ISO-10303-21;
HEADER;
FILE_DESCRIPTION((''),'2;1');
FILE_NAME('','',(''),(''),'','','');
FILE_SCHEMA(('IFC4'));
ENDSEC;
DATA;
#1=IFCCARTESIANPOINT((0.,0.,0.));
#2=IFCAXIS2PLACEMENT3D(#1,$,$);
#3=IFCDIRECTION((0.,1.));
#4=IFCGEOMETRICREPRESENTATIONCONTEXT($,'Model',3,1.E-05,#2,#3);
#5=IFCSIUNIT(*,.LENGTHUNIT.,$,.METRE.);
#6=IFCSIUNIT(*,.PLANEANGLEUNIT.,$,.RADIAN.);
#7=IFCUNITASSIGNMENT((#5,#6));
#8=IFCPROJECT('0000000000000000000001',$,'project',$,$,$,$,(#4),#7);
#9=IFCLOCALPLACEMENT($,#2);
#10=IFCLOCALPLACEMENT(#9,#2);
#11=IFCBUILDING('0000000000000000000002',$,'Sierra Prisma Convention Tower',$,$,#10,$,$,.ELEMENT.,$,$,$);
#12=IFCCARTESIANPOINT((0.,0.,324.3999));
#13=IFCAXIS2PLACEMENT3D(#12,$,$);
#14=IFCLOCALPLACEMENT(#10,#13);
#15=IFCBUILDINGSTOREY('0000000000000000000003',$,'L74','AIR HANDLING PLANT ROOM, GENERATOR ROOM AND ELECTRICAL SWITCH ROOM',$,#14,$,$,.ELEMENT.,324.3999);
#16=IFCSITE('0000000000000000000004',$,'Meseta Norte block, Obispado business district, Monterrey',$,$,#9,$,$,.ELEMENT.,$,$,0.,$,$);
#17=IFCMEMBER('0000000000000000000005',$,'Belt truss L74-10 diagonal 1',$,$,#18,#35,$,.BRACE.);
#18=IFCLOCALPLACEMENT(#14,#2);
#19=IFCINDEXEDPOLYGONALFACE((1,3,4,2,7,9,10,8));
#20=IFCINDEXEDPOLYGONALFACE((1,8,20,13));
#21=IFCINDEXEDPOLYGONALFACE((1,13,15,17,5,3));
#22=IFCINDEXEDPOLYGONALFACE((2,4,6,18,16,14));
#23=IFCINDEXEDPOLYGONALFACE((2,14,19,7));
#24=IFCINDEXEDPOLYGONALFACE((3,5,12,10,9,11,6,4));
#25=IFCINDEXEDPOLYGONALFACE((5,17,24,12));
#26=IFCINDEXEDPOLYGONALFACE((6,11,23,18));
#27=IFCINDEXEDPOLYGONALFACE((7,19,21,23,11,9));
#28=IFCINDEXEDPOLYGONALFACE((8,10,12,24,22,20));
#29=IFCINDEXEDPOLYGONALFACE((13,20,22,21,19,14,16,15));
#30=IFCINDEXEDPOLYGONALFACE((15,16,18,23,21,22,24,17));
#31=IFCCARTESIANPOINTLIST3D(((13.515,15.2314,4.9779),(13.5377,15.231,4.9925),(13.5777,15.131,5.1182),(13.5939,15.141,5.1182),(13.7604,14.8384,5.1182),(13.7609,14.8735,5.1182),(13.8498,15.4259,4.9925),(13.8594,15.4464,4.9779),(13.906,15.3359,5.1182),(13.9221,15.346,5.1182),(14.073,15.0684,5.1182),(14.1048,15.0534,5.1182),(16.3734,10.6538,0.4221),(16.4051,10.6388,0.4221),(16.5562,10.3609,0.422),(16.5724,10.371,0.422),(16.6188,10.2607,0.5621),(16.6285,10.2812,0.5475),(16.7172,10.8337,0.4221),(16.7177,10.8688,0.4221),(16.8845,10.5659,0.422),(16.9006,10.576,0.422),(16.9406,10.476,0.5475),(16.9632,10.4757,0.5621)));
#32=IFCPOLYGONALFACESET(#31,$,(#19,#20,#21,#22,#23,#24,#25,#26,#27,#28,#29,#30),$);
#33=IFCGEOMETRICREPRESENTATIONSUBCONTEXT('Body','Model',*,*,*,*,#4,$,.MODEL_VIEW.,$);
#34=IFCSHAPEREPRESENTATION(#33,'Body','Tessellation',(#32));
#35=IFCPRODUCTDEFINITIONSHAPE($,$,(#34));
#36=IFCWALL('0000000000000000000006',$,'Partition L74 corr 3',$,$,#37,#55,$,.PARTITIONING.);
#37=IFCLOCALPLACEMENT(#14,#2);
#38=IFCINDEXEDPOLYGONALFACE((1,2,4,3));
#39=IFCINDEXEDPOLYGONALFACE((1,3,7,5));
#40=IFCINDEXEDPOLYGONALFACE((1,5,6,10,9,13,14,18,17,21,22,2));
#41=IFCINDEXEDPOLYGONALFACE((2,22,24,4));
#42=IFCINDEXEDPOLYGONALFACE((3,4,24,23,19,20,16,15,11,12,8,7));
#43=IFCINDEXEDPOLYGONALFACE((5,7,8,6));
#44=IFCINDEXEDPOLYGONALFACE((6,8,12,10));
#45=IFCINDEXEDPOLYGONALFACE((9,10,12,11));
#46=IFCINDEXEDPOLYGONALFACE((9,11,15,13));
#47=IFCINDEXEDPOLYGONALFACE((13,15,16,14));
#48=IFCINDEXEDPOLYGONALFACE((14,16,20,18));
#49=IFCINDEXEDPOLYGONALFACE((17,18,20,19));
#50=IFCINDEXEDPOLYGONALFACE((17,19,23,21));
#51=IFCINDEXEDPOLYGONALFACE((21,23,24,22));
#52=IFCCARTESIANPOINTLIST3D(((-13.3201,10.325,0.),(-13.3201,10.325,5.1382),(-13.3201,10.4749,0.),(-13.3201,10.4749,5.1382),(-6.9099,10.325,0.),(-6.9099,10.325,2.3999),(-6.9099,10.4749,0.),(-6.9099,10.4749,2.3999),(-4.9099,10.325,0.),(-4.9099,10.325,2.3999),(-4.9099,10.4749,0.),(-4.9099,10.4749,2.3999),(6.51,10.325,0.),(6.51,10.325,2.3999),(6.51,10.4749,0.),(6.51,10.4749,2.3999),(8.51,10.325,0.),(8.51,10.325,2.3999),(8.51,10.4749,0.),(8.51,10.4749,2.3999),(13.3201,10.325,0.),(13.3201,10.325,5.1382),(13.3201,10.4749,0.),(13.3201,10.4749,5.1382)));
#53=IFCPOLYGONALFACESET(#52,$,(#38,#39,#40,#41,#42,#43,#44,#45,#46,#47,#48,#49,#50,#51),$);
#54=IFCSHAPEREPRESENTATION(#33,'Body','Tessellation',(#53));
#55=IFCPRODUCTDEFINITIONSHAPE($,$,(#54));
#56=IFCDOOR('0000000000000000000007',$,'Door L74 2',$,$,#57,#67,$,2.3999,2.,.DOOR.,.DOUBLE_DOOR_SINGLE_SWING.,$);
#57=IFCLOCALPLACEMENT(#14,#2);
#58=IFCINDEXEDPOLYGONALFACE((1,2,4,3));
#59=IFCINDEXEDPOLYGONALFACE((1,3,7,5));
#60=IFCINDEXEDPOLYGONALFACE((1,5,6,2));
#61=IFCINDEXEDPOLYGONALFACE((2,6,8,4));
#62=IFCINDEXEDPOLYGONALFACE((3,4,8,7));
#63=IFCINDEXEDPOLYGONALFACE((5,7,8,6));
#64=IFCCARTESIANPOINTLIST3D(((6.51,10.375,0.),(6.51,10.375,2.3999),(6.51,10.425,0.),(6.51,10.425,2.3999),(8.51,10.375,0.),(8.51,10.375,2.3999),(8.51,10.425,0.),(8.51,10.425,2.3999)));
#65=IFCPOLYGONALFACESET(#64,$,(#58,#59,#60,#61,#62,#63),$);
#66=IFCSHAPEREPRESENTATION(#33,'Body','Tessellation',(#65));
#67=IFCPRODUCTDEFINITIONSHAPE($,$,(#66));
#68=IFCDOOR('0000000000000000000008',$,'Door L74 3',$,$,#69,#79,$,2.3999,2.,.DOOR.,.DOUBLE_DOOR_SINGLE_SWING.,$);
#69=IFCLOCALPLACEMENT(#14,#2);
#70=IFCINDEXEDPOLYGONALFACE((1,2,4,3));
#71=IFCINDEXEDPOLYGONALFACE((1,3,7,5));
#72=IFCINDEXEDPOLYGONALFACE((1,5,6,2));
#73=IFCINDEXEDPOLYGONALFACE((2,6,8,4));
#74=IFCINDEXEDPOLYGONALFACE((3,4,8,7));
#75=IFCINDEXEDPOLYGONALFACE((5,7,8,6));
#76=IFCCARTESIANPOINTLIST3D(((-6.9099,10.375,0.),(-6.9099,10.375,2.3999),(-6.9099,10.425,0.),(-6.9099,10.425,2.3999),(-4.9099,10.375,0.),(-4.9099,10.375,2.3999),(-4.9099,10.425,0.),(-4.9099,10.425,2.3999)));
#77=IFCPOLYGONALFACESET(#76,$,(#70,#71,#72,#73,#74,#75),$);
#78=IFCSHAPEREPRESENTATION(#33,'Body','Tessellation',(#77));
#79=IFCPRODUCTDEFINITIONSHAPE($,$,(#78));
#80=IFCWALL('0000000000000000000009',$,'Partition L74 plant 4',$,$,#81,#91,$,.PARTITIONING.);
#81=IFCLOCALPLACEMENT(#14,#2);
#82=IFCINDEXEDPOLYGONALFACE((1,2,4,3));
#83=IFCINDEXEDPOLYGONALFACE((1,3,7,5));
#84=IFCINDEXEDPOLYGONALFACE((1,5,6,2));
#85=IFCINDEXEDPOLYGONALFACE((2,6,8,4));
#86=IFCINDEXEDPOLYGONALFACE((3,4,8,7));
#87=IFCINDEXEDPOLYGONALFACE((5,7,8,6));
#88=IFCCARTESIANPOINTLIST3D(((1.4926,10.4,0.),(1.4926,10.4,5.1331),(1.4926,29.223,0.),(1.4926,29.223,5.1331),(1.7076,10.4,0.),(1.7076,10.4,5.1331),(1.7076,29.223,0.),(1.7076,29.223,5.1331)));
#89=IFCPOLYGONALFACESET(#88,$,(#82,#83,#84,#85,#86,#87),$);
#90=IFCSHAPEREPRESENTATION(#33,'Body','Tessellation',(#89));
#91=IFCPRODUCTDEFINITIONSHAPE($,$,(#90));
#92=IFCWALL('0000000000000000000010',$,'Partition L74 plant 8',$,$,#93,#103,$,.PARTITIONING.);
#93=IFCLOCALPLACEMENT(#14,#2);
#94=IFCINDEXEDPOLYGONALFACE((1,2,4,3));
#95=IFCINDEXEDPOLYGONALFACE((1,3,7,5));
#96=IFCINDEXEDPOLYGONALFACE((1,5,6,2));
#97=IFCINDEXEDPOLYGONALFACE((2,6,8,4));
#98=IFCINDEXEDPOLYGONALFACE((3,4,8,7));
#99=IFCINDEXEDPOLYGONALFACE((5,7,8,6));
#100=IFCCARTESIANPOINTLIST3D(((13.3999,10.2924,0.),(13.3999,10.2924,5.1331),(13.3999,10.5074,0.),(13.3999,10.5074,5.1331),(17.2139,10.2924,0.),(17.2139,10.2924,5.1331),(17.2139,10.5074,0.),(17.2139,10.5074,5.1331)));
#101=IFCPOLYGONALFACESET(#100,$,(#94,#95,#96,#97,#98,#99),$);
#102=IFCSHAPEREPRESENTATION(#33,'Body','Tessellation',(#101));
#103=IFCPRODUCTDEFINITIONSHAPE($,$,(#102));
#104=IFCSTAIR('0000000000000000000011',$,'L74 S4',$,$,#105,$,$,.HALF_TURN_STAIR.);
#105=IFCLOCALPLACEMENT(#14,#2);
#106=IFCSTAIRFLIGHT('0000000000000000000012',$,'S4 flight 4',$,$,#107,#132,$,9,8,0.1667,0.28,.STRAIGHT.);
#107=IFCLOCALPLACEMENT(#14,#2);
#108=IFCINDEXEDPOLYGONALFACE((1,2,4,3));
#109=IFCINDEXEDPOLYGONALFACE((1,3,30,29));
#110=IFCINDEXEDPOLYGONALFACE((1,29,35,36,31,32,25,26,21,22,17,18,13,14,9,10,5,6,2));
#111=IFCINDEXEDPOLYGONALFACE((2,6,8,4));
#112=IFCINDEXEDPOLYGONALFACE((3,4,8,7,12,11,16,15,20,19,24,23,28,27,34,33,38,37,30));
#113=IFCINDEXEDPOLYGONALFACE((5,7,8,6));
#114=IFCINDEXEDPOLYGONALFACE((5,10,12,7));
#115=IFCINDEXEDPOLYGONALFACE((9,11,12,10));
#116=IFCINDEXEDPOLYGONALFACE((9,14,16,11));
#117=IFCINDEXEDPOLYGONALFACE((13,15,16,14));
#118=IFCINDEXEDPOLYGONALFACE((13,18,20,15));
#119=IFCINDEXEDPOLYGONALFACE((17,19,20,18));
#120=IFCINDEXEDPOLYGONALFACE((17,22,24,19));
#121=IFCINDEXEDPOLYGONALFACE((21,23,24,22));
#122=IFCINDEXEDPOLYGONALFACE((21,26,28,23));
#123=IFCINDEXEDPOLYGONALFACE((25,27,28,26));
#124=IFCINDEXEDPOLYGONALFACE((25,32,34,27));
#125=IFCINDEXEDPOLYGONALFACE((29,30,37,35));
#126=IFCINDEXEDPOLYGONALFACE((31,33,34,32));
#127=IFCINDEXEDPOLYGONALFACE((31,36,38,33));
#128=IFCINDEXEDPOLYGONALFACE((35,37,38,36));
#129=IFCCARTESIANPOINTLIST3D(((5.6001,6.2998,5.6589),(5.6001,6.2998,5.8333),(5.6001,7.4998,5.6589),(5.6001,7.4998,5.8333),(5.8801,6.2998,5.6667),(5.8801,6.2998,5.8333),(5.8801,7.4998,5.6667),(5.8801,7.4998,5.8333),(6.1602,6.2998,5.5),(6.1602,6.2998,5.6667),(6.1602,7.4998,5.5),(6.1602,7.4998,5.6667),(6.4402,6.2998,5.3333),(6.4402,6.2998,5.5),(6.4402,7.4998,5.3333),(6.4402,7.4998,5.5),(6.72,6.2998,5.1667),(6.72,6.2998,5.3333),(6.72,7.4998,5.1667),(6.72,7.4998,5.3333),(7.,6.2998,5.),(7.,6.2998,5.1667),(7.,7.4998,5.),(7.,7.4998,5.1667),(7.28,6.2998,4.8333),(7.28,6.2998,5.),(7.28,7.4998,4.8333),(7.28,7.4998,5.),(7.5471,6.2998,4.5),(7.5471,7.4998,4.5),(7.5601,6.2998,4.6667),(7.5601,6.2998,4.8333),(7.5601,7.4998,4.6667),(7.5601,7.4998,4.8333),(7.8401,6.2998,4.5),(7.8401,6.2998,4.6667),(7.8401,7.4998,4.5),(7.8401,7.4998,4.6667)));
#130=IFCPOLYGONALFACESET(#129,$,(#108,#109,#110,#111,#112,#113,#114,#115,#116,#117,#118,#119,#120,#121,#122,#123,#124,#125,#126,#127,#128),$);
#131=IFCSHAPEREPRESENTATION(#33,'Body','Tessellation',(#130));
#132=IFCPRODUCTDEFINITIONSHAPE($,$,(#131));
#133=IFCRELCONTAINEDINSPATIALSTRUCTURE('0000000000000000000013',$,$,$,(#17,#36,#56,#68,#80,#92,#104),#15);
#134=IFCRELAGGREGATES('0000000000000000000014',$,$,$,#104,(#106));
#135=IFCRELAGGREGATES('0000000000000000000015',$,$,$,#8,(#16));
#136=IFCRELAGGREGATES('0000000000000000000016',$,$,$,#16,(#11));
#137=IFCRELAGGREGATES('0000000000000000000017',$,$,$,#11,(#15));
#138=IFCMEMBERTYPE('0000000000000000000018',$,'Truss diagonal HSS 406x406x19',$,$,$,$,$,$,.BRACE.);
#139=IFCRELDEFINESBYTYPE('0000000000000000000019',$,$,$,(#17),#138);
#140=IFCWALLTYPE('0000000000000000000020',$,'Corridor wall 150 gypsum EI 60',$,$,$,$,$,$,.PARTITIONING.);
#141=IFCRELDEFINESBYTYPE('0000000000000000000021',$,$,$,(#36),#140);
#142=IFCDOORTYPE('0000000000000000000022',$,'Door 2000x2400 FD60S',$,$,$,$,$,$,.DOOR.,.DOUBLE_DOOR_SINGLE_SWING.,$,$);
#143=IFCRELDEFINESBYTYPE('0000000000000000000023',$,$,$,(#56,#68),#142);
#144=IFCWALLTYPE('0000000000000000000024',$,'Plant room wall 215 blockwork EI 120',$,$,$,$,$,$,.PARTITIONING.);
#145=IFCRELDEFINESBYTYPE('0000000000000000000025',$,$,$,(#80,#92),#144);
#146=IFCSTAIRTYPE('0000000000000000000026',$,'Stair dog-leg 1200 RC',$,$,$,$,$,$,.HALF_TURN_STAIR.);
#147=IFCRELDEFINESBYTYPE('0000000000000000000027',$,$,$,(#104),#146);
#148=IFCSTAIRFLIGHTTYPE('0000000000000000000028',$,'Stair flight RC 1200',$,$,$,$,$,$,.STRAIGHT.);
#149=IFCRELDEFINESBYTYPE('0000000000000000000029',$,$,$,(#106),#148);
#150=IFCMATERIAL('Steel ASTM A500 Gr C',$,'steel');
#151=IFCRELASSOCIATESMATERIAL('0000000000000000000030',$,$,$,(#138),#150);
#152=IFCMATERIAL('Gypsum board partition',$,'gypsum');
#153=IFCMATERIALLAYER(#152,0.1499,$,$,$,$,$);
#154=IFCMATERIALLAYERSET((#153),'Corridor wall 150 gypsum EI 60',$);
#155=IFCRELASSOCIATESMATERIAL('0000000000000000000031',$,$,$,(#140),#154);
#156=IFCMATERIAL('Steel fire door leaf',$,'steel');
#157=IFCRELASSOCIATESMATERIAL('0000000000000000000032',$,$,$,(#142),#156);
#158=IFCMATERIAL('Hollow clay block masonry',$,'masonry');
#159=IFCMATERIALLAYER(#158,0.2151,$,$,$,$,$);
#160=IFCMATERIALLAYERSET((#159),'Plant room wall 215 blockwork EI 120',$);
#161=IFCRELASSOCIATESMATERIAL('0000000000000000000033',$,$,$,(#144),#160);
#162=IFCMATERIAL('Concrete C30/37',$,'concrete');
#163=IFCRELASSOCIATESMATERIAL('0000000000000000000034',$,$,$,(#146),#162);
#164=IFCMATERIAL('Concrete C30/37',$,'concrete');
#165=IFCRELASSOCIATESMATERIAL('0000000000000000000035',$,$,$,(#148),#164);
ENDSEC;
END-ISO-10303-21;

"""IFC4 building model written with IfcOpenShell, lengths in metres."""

from ifc_helpers import new_model, si_unit, direction, frame, frame_2d, origin, origin_2d, place, context, subcontext, project, spatial, polyline, rectangle, hollow_rectangle, outline, extrude, clip, halfspace, material, layer, layer_set, material_profile, profile_set, type_object, element, fill, aggregate, save


model = new_model("IFC4")

# Units and contexts
model_context = context("Model", 3, precision=1e-05, world=origin(), true_north=direction((0.0, 1.0)))
body_context = subcontext(model_context, "Body", "Model", "MODEL_VIEW")
ifc_project = project(units=[si_unit("LENGTHUNIT", "METRE"), si_unit("PLANEANGLEUNIT", "RADIAN")], contexts=[model_context])

# Site, building, storey
site_placement = place(None, origin())
site = spatial("IfcSite", under=ifc_project, at=site_placement, Name="Meseta Norte block, Obispado business district, Monterrey", CompositionType="ELEMENT", RefElevation=0.0)
building_placement = place(site_placement, origin())
building = spatial("IfcBuilding", under=site, at=building_placement, Name="Sierra Prisma Convention Tower", CompositionType="ELEMENT")
storey_placement = place(building_placement, frame((0.0, 0.0, 324.3999)))
storey = spatial("IfcBuildingStorey", under=building, at=storey_placement, Name="L74", Description="AIR HANDLING PLANT ROOM, GENERATOR ROOM AND ELECTRICAL SWITCH ROOM", CompositionType="ELEMENT", Elevation=324.3999)

# Member
ifc_material_1 = material(Name="Steel ASTM A500 Gr C", Category="steel")
ifc_material_profile_1 = material_profile(ifc_material_1, hollow_rectangle(XDim=0.406, YDim=0.406, WallThickness=0.019, at=origin_2d()), Name="Truss diagonal HSS 406x406x19")
ifc_profile_set_1 = profile_set([ifc_material_profile_1], Name="Steel ASTM A500 Gr C")
member_type = type_object("IfcMemberType", Name="Truss diagonal HSS 406x406x19", PredefinedType="BRACE", material=ifc_profile_set_1)
member_placement = place(storey_placement, frame((16.7217, 10.4792, 0.407), z_axis=(-0.404713, 0.64814, 0.645075), x_axis=(-0.848219, -0.529646, 0.0)))
element("IfcMember", 1, at=member_placement, inside=storey, type_object=member_type, Name="Belt truss L74-10 diagonal 1", PredefinedType="BRACE", context=body_context, shape_type="SweptSolid", body=[
    clip(clip(extrude(hollow_rectangle(XDim=0.406, YDim=0.406, WallThickness=0.019, at=origin_2d()), origin(), (0.0, 0.0, 1.0), 7.3264), halfspace(frame((0.0, 0.0115, 0.0098), z_axis=(0.0, 0.764123, 0.645071), x_axis=(1.0, 0.0, 0.0)), True)), halfspace(frame((0.0, -0.0115, 7.3169), z_axis=(0.0, -0.764119, -0.645075), x_axis=(1.0, 0.0, 0.0)), True)),
])

# Wall, openings, doors
ifc_material_2 = material(Name="Gypsum board partition", Category="gypsum")
ifc_layer_1 = layer(ifc_material_2, 0.1499)
ifc_layer_set_1 = layer_set([ifc_layer_1], Name="Corridor wall 150 gypsum EI 60")
wall_type_1 = type_object("IfcWallType", Name="Corridor wall 150 gypsum EI 60", PredefinedType="PARTITIONING", material=ifc_layer_set_1)
wall_1_placement = place(storey_placement, frame((13.3201, 10.3999, 0.0), z_axis=(0.0, 0.0, 1.0), x_axis=(-1.0, 0.0, 0.0)))
wall_1 = element("IfcWall", 2, at=wall_1_placement, inside=storey, type_object=wall_type_1, Name="Partition L74 corr 3", PredefinedType="PARTITIONING", context=body_context, shape_type="SweptSolid", body=[
    extrude(rectangle(XDim=26.6401, YDim=0.1499, at=frame_2d((13.3201, 0.0))), origin(), (0.0, 0.0, 1.0), 5.1382),
])
opening_1_placement = place(wall_1_placement, frame((4.8101, 0.0, 0.0)))
opening_1 = element("IfcOpeningElement", 3, at=opening_1_placement, cuts=wall_1, PredefinedType="OPENING", context=body_context, shape_type="SweptSolid", body=[
    extrude(rectangle(XDim=2.0, YDim=2.3999, at=frame_2d((1.0, 1.2))), frame((0.0, 0.075, 0.0), z_axis=(0.0, -1.0, 0.0), x_axis=(1.0, 0.0, 0.0)), (0.0, 0.0, 1.0), 0.1499),
])
opening_2_placement = place(wall_1_placement, frame((18.23, 0.0, 0.0)))
opening_2 = element("IfcOpeningElement", 4, at=opening_2_placement, cuts=wall_1, PredefinedType="OPENING", context=body_context, shape_type="SweptSolid", body=[
    extrude(rectangle(XDim=2.0, YDim=2.3999, at=frame_2d((1.0, 1.2))), frame((0.0, 0.075, 0.0), z_axis=(0.0, -1.0, 0.0), x_axis=(1.0, 0.0, 0.0)), (0.0, 0.0, 1.0), 0.1499),
])
ifc_material_3 = material(Name="Steel fire door leaf", Category="steel")
door_type_1 = type_object("IfcDoorType", Name="Door 2000x2400 FD60S", OperationType="DOUBLE_DOOR_SINGLE_SWING", PredefinedType="DOOR", material=ifc_material_3)
door_1_placement = place(opening_1_placement, origin())
door_1 = element("IfcDoor", 5, at=door_1_placement, inside=storey, type_object=door_type_1, Name="Door L74 2", OperationType="DOUBLE_DOOR_SINGLE_SWING", OverallHeight=2.3999, OverallWidth=2.0, PredefinedType="DOOR", context=body_context, shape_type="SweptSolid", body=[
    extrude(rectangle(XDim=2.0, YDim=2.3999, at=frame_2d((1.0, 1.2))), frame((0.0, 0.0249, 0.0), z_axis=(0.0, -1.0, 0.0), x_axis=(1.0, 0.0, 0.0)), (0.0, 0.0, 1.0), 0.05),
])
fill(opening_1, door_1)
door_2_placement = place(opening_2_placement, origin())
door_2 = element("IfcDoor", 6, at=door_2_placement, inside=storey, type_object=door_type_1, Name="Door L74 3", OperationType="DOUBLE_DOOR_SINGLE_SWING", OverallHeight=2.3999, OverallWidth=2.0, PredefinedType="DOOR", context=body_context, shape_type="SweptSolid", body=[
    extrude(rectangle(XDim=2.0, YDim=2.3999, at=frame_2d((1.0, 1.2))), frame((0.0, 0.0249, 0.0), z_axis=(0.0, -1.0, 0.0), x_axis=(1.0, 0.0, 0.0)), (0.0, 0.0, 1.0), 0.05),
])
fill(opening_2, door_2)

# Walls
ifc_material_4 = material(Name="Hollow clay block masonry", Category="masonry")
ifc_layer_2 = layer(ifc_material_4, 0.2151)
ifc_layer_set_2 = layer_set([ifc_layer_2], Name="Plant room wall 215 blockwork EI 120")
wall_type_2 = type_object("IfcWallType", Name="Plant room wall 215 blockwork EI 120", PredefinedType="PARTITIONING", material=ifc_layer_set_2)
wall_2_placement = place(storey_placement, frame((1.6001, 10.3999, 0.0), z_axis=(0.0, 0.0, 1.0), x_axis=(0.0, 1.0, 0.0)))
element("IfcWall", 7, at=wall_2_placement, inside=storey, type_object=wall_type_2, Name="Partition L74 plant 4", PredefinedType="PARTITIONING", context=body_context, shape_type="SweptSolid", body=[
    extrude(rectangle(XDim=18.823, YDim=0.2151, at=frame_2d((9.4116, 0.0))), origin(), (0.0, 0.0, 1.0), 5.1331),
])
wall_3_placement = place(storey_placement, frame((13.3999, 10.3999, 0.0), z_axis=(0.0, 0.0, 1.0), x_axis=(1.0, 0.0, 0.0)))
element("IfcWall", 8, at=wall_3_placement, inside=storey, type_object=wall_type_2, Name="Partition L74 plant 8", PredefinedType="PARTITIONING", context=body_context, shape_type="SweptSolid", body=[
    extrude(rectangle(XDim=3.814, YDim=0.2151, at=frame_2d((1.907, 0.0))), origin(), (0.0, 0.0, 1.0), 5.1331),
])

# Stair, stair flight
ifc_material_5 = material(Name="Concrete C30/37", Category="concrete")
stair_type = type_object("IfcStairType", Name="Stair dog-leg 1200 RC", PredefinedType="HALF_TURN_STAIR", material=ifc_material_5)
stair_placement = place(storey_placement, origin())
stair = element("IfcStair", 9, at=stair_placement, inside=storey, type_object=stair_type, Name="L74 S4", PredefinedType="HALF_TURN_STAIR")
ifc_material_6 = material(Name="Concrete C30/37", Category="concrete")
stair_flight_type = type_object("IfcStairFlightType", Name="Stair flight RC 1200", PredefinedType="STRAIGHT", material=ifc_material_6)
stair_flight_placement = place(storey_placement, frame((7.8401, 6.8999, 4.5), z_axis=(0.0, 0.0, 1.0), x_axis=(-1.0, 0.0, 0.0)))
stair_flight = element("IfcStairFlight", 10, at=stair_flight_placement, type_object=stair_flight_type, Name="S4 flight 4", NumberOfRisers=9, NumberOfTreads=8, PredefinedType="STRAIGHT", RiserHeight=0.1667, TreadLength=0.28, context=body_context, shape_type="SweptSolid", body=[
    extrude(outline(polyline([(0.0, 0.0), (0.0, 0.1667), (0.28, 0.1667), (0.28, 0.3333), (0.5601, 0.3333), (0.5601, 0.5), (0.8401, 0.5), (0.8401, 0.6667), (1.1201, 0.6667), (1.1201, 0.8333), (1.3999, 0.8333), (1.3999, 1.0), (1.6799, 1.0), (1.6799, 1.1667), (1.96, 1.1667), (1.96, 1.3333), (2.24, 1.3333), (2.24, 1.5), (2.24, 1.1589), (0.293, 0.0), (0.0, 0.0)])), frame((0.0, 0.6001, 0.0), z_axis=(0.0, -1.0, 0.0), x_axis=(1.0, 0.0, 0.0)), (0.0, 0.0, 1.0), 1.2),
])
aggregate(stair, [stair_flight])

save(model, "model.ifc")
